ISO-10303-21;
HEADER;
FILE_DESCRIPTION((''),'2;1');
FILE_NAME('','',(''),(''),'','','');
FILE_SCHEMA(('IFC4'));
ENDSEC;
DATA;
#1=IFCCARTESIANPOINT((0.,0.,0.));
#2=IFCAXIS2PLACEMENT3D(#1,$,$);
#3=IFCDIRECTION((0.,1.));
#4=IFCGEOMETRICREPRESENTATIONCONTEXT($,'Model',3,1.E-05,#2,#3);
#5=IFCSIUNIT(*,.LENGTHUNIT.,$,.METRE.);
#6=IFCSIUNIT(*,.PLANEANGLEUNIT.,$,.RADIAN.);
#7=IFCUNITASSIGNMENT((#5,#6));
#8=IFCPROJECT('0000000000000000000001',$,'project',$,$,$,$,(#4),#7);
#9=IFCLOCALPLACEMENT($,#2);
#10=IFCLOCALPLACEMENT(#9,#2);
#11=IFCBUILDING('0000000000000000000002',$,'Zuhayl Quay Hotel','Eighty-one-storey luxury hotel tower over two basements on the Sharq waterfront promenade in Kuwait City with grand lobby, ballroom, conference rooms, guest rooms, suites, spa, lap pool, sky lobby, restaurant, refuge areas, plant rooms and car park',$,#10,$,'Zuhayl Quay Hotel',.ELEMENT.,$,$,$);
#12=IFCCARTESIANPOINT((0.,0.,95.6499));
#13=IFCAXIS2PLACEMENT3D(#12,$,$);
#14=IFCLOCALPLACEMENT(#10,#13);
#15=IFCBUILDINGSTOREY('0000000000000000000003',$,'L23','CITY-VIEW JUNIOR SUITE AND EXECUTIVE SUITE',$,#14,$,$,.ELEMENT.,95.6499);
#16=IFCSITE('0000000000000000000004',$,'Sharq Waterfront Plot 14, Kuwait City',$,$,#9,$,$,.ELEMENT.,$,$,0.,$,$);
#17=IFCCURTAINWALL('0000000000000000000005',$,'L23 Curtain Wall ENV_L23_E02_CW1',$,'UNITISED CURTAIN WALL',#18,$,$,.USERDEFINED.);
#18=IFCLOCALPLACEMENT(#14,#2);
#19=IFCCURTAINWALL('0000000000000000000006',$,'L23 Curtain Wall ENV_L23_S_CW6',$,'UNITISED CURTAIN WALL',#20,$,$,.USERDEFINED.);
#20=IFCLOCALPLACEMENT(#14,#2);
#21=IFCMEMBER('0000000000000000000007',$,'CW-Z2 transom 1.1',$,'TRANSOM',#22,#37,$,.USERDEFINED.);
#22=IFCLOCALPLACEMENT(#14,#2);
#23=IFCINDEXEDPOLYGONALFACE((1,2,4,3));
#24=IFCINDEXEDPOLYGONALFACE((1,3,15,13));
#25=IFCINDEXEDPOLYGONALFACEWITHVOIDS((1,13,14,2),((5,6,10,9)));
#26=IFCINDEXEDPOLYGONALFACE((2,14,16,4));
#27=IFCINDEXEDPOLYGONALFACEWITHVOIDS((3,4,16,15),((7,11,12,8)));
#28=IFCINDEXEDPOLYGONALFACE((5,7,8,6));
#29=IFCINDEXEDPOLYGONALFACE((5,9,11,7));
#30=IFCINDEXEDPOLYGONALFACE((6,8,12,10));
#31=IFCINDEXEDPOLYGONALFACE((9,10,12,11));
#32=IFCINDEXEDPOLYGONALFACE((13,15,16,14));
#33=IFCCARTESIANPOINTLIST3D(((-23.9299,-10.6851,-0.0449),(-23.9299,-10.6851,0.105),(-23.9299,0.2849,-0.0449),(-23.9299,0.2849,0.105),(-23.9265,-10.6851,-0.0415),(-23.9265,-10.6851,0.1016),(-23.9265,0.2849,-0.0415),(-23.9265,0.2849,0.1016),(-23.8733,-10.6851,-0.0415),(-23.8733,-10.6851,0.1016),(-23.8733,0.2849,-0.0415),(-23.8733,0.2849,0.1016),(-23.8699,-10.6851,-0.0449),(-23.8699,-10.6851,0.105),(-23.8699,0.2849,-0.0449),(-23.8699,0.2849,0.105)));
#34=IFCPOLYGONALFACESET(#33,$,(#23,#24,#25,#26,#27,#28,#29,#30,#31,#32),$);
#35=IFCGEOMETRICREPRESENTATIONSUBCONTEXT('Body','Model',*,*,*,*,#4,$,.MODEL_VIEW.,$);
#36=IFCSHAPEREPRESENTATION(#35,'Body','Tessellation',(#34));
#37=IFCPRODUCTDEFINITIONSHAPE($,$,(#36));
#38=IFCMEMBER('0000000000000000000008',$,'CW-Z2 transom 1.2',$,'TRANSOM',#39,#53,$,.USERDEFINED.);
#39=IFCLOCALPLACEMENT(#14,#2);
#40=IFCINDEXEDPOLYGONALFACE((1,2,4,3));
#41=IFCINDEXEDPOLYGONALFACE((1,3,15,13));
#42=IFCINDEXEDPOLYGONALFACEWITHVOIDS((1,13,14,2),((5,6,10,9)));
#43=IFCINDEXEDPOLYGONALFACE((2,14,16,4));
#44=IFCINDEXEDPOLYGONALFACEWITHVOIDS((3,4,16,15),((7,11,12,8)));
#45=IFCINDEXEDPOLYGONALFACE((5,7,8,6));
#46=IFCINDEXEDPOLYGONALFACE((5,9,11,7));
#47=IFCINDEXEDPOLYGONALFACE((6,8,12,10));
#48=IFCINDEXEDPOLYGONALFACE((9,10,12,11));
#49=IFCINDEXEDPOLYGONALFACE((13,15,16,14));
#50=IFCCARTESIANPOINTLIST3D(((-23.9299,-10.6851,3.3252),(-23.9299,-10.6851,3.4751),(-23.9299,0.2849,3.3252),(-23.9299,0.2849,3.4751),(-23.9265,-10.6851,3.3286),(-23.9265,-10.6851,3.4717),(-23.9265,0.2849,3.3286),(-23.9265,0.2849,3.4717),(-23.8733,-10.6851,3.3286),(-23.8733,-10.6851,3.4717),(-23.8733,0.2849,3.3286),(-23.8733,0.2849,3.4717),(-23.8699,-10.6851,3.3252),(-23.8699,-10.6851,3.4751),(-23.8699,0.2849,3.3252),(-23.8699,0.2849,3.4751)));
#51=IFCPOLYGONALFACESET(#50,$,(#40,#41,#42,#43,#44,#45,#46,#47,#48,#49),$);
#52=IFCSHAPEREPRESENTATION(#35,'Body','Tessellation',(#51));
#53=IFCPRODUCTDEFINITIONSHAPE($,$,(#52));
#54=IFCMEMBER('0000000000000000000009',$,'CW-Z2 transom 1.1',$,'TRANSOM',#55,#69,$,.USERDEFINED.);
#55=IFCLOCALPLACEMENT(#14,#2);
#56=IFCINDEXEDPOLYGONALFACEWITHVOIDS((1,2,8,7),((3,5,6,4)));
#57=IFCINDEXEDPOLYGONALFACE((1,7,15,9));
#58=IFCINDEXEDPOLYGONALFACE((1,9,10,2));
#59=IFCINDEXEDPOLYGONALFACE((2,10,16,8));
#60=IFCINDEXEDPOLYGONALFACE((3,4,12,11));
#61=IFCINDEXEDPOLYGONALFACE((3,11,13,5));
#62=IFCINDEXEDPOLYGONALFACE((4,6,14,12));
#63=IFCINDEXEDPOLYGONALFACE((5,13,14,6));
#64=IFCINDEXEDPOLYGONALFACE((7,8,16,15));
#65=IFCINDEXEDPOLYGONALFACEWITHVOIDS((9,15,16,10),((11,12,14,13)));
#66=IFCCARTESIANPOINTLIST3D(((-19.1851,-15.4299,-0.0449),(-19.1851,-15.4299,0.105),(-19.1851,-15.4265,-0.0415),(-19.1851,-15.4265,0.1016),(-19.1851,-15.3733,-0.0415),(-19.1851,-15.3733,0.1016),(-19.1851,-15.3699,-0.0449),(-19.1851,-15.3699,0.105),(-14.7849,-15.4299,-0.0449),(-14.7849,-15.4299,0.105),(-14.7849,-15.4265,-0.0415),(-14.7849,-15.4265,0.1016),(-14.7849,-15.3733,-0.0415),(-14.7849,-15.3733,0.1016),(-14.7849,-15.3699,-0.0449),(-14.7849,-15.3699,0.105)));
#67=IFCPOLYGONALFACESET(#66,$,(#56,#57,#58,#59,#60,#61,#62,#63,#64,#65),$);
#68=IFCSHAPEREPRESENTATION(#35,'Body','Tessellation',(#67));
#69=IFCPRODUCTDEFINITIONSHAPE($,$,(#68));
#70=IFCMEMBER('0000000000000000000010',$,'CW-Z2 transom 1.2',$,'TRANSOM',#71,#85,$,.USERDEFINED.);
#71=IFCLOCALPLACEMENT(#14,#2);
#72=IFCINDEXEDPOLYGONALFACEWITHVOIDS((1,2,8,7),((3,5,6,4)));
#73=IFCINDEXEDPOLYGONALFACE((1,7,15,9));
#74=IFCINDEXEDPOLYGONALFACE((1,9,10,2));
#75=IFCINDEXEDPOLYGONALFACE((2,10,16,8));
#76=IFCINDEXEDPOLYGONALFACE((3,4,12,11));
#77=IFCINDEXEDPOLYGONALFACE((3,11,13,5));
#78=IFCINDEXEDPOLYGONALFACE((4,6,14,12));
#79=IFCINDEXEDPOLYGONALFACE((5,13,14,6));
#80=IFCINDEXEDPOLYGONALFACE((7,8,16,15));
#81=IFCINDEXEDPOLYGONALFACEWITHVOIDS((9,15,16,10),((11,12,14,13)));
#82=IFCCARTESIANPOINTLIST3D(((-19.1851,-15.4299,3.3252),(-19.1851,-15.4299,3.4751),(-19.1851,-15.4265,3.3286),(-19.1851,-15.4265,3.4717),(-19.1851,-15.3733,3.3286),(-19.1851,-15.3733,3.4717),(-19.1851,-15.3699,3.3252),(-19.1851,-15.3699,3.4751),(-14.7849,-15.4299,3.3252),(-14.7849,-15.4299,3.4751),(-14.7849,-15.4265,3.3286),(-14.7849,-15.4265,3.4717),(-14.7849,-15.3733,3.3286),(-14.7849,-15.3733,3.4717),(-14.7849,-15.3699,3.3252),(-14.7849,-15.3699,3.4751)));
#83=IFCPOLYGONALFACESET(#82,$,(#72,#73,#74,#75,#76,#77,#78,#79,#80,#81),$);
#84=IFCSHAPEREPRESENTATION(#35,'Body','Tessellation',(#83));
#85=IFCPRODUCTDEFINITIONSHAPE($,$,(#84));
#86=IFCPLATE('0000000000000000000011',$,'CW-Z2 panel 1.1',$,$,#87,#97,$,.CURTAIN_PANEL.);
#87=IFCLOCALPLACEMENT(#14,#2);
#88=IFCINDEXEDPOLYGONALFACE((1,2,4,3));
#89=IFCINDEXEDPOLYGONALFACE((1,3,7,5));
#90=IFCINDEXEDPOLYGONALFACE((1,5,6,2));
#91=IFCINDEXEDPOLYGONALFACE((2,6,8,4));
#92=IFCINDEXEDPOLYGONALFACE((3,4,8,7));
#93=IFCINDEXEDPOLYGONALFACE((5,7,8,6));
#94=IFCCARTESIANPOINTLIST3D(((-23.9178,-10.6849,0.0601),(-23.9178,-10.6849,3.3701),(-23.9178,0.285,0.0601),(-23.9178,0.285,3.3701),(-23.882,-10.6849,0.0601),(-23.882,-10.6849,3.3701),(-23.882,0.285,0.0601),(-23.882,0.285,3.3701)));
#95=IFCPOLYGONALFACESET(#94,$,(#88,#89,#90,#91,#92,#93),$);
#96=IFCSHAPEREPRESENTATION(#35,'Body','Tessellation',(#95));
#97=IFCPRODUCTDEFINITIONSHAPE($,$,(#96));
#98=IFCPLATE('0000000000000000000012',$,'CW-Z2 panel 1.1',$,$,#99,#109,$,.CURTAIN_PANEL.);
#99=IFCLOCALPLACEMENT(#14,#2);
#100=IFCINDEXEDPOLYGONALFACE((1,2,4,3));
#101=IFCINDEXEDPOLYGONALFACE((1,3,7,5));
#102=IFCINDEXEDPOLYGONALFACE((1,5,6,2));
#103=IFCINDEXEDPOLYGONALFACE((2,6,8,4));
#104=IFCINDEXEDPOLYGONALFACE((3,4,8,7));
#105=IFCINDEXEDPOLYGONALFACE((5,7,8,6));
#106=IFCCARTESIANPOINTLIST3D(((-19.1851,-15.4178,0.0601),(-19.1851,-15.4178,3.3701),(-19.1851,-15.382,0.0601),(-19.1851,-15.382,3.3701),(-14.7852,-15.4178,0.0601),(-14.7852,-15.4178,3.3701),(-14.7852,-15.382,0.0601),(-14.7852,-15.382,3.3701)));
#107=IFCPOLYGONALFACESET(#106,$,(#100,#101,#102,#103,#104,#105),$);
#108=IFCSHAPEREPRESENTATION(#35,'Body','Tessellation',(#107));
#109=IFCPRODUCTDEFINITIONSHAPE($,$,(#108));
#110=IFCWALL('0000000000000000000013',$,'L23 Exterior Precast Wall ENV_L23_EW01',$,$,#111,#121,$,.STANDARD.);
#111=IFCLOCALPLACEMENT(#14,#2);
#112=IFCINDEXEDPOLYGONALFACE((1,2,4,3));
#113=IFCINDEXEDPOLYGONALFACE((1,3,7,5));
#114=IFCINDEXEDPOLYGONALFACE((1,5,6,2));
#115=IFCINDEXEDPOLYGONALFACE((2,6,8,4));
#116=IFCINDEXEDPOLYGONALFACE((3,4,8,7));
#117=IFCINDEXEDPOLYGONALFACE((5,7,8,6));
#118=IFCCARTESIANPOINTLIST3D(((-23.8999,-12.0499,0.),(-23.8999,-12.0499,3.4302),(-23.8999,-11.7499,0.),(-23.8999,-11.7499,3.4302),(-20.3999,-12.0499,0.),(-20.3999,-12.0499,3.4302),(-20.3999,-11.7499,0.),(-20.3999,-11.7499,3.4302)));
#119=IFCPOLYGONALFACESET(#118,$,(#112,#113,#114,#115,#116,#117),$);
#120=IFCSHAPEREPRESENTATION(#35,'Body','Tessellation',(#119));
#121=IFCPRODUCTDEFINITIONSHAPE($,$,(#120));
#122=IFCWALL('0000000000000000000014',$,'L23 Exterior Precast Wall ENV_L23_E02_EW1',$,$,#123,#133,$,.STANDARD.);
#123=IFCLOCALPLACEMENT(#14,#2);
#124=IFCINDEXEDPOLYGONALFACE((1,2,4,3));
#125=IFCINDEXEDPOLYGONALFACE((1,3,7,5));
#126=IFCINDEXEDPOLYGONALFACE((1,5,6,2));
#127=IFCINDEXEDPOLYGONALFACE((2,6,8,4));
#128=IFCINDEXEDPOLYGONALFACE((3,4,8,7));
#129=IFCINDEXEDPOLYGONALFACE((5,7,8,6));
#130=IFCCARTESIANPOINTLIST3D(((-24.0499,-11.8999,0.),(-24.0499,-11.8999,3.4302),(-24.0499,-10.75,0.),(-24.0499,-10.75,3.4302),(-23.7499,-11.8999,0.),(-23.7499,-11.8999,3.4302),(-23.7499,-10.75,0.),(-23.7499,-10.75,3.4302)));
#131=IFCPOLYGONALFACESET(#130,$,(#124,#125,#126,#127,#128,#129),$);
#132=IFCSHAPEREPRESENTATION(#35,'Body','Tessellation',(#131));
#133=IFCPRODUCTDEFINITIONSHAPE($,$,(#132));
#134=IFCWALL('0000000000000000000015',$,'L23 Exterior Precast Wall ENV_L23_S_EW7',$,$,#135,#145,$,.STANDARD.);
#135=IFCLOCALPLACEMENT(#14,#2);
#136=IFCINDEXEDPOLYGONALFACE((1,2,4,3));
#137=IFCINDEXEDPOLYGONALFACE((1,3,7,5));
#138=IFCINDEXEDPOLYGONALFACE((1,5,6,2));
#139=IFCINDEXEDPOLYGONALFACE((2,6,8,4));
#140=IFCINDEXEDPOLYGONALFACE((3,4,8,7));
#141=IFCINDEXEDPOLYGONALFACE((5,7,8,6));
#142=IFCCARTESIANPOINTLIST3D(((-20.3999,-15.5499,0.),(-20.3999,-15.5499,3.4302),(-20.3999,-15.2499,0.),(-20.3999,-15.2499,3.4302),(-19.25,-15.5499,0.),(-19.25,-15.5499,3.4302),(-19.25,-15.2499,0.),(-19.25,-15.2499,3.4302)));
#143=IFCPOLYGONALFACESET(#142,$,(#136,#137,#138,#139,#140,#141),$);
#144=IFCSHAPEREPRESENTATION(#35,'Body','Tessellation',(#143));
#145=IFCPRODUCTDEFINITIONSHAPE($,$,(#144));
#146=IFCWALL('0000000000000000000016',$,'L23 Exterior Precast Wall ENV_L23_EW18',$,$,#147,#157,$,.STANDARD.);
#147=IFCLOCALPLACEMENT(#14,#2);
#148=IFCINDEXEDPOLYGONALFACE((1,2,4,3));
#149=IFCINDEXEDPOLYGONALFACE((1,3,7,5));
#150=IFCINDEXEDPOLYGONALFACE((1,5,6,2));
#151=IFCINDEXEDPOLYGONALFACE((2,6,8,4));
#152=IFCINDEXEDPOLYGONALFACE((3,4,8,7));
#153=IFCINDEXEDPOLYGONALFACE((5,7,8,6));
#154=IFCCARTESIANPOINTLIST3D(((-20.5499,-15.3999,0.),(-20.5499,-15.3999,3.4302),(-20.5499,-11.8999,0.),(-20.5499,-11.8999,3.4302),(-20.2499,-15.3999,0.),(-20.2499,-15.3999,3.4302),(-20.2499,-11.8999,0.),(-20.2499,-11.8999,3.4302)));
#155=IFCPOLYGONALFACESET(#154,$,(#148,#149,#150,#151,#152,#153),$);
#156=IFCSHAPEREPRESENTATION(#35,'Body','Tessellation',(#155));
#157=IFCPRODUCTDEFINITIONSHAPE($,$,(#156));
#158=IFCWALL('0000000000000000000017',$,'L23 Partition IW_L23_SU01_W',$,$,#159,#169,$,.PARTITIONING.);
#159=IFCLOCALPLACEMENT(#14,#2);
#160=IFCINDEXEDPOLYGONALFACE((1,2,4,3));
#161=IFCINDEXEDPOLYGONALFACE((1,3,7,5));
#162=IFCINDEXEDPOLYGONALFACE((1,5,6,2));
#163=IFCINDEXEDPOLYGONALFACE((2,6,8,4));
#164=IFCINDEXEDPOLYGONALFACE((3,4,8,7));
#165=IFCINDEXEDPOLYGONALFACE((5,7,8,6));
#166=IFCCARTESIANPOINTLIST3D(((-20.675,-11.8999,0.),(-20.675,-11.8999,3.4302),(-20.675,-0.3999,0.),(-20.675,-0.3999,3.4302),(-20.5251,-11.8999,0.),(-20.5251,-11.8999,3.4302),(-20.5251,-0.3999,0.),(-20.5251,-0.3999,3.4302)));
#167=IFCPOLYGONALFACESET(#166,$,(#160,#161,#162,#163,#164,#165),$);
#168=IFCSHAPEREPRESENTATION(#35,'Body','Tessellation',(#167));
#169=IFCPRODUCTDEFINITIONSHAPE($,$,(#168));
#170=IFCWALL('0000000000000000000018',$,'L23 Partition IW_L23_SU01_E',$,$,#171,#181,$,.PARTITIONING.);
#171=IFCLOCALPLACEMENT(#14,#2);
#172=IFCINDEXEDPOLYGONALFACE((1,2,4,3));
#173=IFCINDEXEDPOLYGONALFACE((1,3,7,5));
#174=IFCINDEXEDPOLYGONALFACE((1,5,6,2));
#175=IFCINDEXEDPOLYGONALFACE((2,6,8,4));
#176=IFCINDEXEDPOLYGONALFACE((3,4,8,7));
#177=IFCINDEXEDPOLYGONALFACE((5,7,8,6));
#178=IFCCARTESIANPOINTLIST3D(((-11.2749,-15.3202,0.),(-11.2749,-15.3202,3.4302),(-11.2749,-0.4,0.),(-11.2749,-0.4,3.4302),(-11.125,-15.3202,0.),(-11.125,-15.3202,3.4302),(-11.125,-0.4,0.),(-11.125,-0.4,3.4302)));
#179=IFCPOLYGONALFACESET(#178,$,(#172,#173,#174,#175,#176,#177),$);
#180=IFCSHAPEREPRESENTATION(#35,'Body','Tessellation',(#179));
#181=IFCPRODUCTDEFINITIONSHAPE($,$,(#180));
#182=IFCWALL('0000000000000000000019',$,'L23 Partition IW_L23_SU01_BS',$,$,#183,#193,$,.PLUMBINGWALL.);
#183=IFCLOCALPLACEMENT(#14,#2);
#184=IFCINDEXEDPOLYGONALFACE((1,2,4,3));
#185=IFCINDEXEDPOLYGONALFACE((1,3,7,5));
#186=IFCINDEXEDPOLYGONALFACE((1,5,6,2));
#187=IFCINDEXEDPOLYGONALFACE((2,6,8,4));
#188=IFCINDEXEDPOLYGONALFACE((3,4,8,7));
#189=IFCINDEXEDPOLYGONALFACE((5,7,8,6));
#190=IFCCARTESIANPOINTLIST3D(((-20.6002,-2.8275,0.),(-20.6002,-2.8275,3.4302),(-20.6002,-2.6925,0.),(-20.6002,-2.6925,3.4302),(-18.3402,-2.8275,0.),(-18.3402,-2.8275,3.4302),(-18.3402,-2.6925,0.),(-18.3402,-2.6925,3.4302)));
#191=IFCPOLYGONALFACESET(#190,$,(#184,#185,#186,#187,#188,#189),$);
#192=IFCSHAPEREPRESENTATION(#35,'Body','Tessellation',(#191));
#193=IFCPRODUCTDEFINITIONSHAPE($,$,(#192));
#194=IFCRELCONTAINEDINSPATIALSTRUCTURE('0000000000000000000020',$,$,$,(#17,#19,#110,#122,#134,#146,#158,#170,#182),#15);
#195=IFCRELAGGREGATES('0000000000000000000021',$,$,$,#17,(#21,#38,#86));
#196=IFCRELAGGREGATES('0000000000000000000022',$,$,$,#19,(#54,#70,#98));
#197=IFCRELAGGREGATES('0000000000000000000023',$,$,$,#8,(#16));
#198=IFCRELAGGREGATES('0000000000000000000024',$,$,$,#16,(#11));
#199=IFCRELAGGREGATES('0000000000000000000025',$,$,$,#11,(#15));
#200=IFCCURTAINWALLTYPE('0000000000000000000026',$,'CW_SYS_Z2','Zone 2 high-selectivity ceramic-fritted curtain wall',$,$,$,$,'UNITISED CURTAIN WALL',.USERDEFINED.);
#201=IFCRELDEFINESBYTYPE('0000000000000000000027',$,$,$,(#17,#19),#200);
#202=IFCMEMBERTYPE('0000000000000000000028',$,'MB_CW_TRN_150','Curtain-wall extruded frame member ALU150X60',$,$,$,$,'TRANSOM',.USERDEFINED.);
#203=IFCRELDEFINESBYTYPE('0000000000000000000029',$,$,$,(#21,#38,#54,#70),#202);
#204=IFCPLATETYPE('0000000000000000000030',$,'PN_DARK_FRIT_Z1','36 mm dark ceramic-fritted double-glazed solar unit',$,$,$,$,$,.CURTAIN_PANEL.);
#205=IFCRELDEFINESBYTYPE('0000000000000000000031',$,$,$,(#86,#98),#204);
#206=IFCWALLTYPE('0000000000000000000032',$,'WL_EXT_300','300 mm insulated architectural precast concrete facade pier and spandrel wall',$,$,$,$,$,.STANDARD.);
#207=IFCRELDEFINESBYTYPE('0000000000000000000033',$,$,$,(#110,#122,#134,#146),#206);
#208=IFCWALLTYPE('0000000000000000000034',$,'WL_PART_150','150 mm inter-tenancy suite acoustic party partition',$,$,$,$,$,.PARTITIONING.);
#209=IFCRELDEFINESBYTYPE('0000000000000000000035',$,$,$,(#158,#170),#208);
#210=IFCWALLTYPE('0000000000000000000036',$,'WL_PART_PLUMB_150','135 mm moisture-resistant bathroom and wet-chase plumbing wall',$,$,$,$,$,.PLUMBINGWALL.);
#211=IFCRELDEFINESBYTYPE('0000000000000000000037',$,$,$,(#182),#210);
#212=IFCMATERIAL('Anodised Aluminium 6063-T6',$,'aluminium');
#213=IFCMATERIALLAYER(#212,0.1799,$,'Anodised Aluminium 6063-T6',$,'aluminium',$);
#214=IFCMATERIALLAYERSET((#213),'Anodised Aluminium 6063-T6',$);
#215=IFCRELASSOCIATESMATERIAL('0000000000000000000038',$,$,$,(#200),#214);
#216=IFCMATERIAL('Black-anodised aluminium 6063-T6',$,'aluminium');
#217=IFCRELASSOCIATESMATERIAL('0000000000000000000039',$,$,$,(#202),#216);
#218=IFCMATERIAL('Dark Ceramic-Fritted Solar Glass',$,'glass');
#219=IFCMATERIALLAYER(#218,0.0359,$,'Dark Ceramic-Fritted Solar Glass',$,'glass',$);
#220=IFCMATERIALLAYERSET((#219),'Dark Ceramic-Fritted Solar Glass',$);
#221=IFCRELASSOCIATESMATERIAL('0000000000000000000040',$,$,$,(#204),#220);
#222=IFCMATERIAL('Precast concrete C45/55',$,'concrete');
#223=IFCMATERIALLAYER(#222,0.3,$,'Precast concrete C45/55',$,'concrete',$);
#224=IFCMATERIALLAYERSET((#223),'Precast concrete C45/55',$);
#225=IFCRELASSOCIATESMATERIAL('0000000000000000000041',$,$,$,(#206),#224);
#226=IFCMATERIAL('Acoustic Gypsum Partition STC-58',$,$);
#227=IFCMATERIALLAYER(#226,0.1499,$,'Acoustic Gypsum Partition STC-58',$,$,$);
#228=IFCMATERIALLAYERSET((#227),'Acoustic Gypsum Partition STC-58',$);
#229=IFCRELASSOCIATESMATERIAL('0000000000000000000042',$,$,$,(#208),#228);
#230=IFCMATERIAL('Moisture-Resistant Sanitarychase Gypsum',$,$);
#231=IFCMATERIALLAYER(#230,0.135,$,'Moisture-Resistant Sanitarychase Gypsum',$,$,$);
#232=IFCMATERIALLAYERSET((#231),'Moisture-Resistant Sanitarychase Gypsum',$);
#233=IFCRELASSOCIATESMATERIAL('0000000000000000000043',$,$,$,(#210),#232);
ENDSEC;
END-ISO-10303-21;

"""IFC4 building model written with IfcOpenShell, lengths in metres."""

from ifc_helpers import new_model, si_unit, direction, frame, frame_2d, origin, origin_2d, place, context, subcontext, project, spatial, rectangle, hollow_rectangle, extrude, material, layer, layer_set, material_profile, profile_set, type_object, element, aggregate, save


model = new_model("IFC4")

# Units and contexts
model_context = context("Model", 3, precision=1e-05, world=origin(), true_north=direction((0.0, 1.0)))
body_context = subcontext(model_context, "Body", "Model", "MODEL_VIEW")
ifc_project = project(units=[si_unit("LENGTHUNIT", "METRE"), si_unit("PLANEANGLEUNIT", "RADIAN")], contexts=[model_context])

# Site, building, storey
site_placement = place(None, origin())
site = spatial("IfcSite", under=ifc_project, at=site_placement, Name="Sharq Waterfront Plot 14, Kuwait City", CompositionType="ELEMENT", RefElevation=0.0)
building_placement = place(site_placement, origin())
building = spatial("IfcBuilding", under=site, at=building_placement, Name="Zuhayl Quay Hotel", Description="Eighty-one-storey luxury hotel tower over two basements on the Sharq waterfront promenade in Kuwait City with grand lobby, ballroom, conference rooms, guest rooms, suites, spa, lap pool, sky lobby, restaurant, refuge areas, plant rooms and car park", LongName="Zuhayl Quay Hotel", CompositionType="ELEMENT")
storey_placement = place(building_placement, frame((0.0, 0.0, 95.6499)))
storey = spatial("IfcBuildingStorey", under=building, at=storey_placement, Name="L23", Description="CITY-VIEW JUNIOR SUITE AND EXECUTIVE SUITE", CompositionType="ELEMENT", Elevation=95.6499)

# Curtain wall
ifc_material_1 = material(Name="Anodised Aluminium 6063-T6", Category="aluminium")
ifc_layer_1 = layer(ifc_material_1, 0.1799, Name="Anodised Aluminium 6063-T6", Category="aluminium")
ifc_layer_set_1 = layer_set([ifc_layer_1], Name="Anodised Aluminium 6063-T6")
curtain_wall_type = type_object("IfcCurtainWallType", Name="CW_SYS_Z2", Description="Zone 2 high-selectivity ceramic-fritted curtain wall", ElementType="UNITISED CURTAIN WALL", PredefinedType="USERDEFINED", material=ifc_layer_set_1)
curtain_wall_1_placement = place(storey_placement, origin())
curtain_wall_1 = element("IfcCurtainWall", 1, at=curtain_wall_1_placement, inside=storey, type_object=curtain_wall_type, Name="L23 Curtain Wall ENV_L23_E02_CW1", ObjectType="UNITISED CURTAIN WALL", PredefinedType="USERDEFINED")
ifc_material_2 = material(Name="Black-anodised aluminium 6063-T6", Category="aluminium")

# Curtain wall
curtain_wall_2_placement = place(storey_placement, origin())
curtain_wall_2 = element("IfcCurtainWall", 2, at=curtain_wall_2_placement, inside=storey, type_object=curtain_wall_type, Name="L23 Curtain Wall ENV_L23_S_CW6", ObjectType="UNITISED CURTAIN WALL", PredefinedType="USERDEFINED")

# Members
ifc_material_profile_1 = material_profile(ifc_material_2, hollow_rectangle(XDim=0.0601, YDim=0.1499, WallThickness=0.0034, at=origin_2d()), Name="ALU150X60")
ifc_profile_set_1 = profile_set([ifc_material_profile_1], Name="Black-anodised aluminium 6063-T6")
member_type_1 = type_object("IfcMemberType", Name="MB_CW_TRN_150", Description="Curtain-wall extruded frame member ALU150X60", ElementType="TRANSOM", PredefinedType="USERDEFINED", material=ifc_profile_set_1)
member_1_placement = place(storey_placement, frame((-23.8999, -10.6851, 0.03), z_axis=(0.0, 1.0, 0.0), x_axis=(-1.0, 0.0, 0.0)))
member_1 = element("IfcMember", 3, at=member_1_placement, type_object=member_type_1, Name="CW-Z2 transom 1.1", ObjectType="TRANSOM", PredefinedType="USERDEFINED", context=body_context, shape_type="SweptSolid", body=[
    extrude(hollow_rectangle(XDim=0.0601, YDim=0.1499, WallThickness=0.0034, at=origin_2d()), origin(), (0.0, 0.0, 1.0), 10.97),
])
member_2_placement = place(storey_placement, frame((-23.8999, -10.6851, 3.4001), z_axis=(0.0, 1.0, 0.0), x_axis=(-1.0, 0.0, 0.0)))
member_2 = element("IfcMember", 4, at=member_2_placement, type_object=member_type_1, Name="CW-Z2 transom 1.2", ObjectType="TRANSOM", PredefinedType="USERDEFINED", context=body_context, shape_type="SweptSolid", body=[
    extrude(hollow_rectangle(XDim=0.0601, YDim=0.1499, WallThickness=0.0034, at=origin_2d()), origin(), (0.0, 0.0, 1.0), 10.97),
])
member_3_placement = place(storey_placement, frame((-14.7849, -15.3999, 0.03), z_axis=(-1.0, 0.0, 0.0), x_axis=(0.0, -1.0, 0.0)))
member_3 = element("IfcMember", 5, at=member_3_placement, type_object=member_type_1, Name="CW-Z2 transom 1.1", ObjectType="TRANSOM", PredefinedType="USERDEFINED", context=body_context, shape_type="SweptSolid", body=[
    extrude(hollow_rectangle(XDim=0.0601, YDim=0.1499, WallThickness=0.0034, at=origin_2d()), origin(), (0.0, 0.0, 1.0), 4.4001),
])
member_4_placement = place(storey_placement, frame((-14.7849, -15.3999, 3.4001), z_axis=(-1.0, 0.0, 0.0), x_axis=(0.0, -1.0, 0.0)))
member_4 = element("IfcMember", 6, at=member_4_placement, type_object=member_type_1, Name="CW-Z2 transom 1.2", ObjectType="TRANSOM", PredefinedType="USERDEFINED", context=body_context, shape_type="SweptSolid", body=[
    extrude(hollow_rectangle(XDim=0.0601, YDim=0.1499, WallThickness=0.0034, at=origin_2d()), origin(), (0.0, 0.0, 1.0), 4.4001),
])

# Plates
ifc_material_3 = material(Name="Dark Ceramic-Fritted Solar Glass", Category="glass")
ifc_layer_2 = layer(ifc_material_3, 0.0359, Name="Dark Ceramic-Fritted Solar Glass", Category="glass")
ifc_layer_set_2 = layer_set([ifc_layer_2], Name="Dark Ceramic-Fritted Solar Glass")
plate_type = type_object("IfcPlateType", Name="PN_DARK_FRIT_Z1", Description="36 mm dark ceramic-fritted double-glazed solar unit", PredefinedType="CURTAIN_PANEL", material=ifc_layer_set_2)
plate_1_placement = place(storey_placement, frame((-23.8999, -5.2, 0.0601), z_axis=(0.0, 0.0, 1.0), x_axis=(0.0, 1.0, 0.0)))
plate_1 = element("IfcPlate", 7, at=plate_1_placement, type_object=plate_type, Name="CW-Z2 panel 1.1", PredefinedType="CURTAIN_PANEL", context=body_context, shape_type="SweptSolid", body=[
    extrude(rectangle(XDim=10.97, YDim=0.0359, at=origin_2d()), origin(), (0.0, 0.0, 1.0), 3.3101),
])
aggregate(curtain_wall_1, [member_1, member_2, plate_1])
plate_2_placement = place(storey_placement, frame((-16.9851, -15.3999, 0.0601), z_axis=(0.0, 0.0, 1.0), x_axis=(-1.0, 0.0, 0.0)))
plate_2 = element("IfcPlate", 8, at=plate_2_placement, type_object=plate_type, Name="CW-Z2 panel 1.1", PredefinedType="CURTAIN_PANEL", context=body_context, shape_type="SweptSolid", body=[
    extrude(rectangle(XDim=4.3999, YDim=0.0359, at=origin_2d()), origin(), (0.0, 0.0, 1.0), 3.3101),
])
aggregate(curtain_wall_2, [member_3, member_4, plate_2])

# Walls
ifc_material_4 = material(Name="Precast concrete C45/55", Category="concrete")
ifc_layer_3 = layer(ifc_material_4, 0.3, Name="Precast concrete C45/55", Category="concrete")
ifc_layer_set_3 = layer_set([ifc_layer_3], Name="Precast concrete C45/55")
wall_type_1 = type_object("IfcWallType", Name="WL_EXT_300", Description="300 mm insulated architectural precast concrete facade pier and spandrel wall", PredefinedType="STANDARD", material=ifc_layer_set_3)
wall_1_placement = place(storey_placement, frame((-20.3999, -11.8999, 0.0), z_axis=(0.0, 0.0, 1.0), x_axis=(-1.0, 0.0, 0.0)))
element("IfcWall", 9, at=wall_1_placement, inside=storey, type_object=wall_type_1, Name="L23 Exterior Precast Wall ENV_L23_EW01", PredefinedType="STANDARD", context=body_context, shape_type="SweptSolid", body=[
    extrude(rectangle(XDim=3.5, YDim=0.3, at=frame_2d((1.75, 0.0))), origin(), (0.0, 0.0, 1.0), 3.4302),
])
for number, where, z_axis, x_axis, name in (
    (10, (-23.8999, -11.8999, 0.0), (0.0, 0.0, 1.0), (0.0, 1.0, 0.0), "L23 Exterior Precast Wall ENV_L23_E02_EW1"),
    (11, (-19.25, -15.3999, 0.0), (0.0, 0.0, 1.0), (-1.0, 0.0, 0.0), "L23 Exterior Precast Wall ENV_L23_S_EW7"),
):
    element("IfcWall", number, at=place(storey_placement, frame(where, z_axis=z_axis, x_axis=x_axis)), inside=storey, type_object=wall_type_1, Name=name, PredefinedType="STANDARD", context=body_context, shape_type="SweptSolid", body=[
        extrude(rectangle(XDim=1.1499, YDim=0.3, at=frame_2d((0.575, 0.0))), origin(), (0.0, 0.0, 1.0), 3.4302),
    ])
wall_2_placement = place(storey_placement, frame((-20.3999, -15.3999, 0.0), z_axis=(0.0, 0.0, 1.0), x_axis=(0.0, 1.0, 0.0)))
element("IfcWall", 12, at=wall_2_placement, inside=storey, type_object=wall_type_1, Name="L23 Exterior Precast Wall ENV_L23_EW18", PredefinedType="STANDARD", context=body_context, shape_type="SweptSolid", body=[
    extrude(rectangle(XDim=3.5, YDim=0.3, at=frame_2d((1.75, 0.0))), origin(), (0.0, 0.0, 1.0), 3.4302),
])
ifc_material_5 = material(Name="Acoustic Gypsum Partition STC-58")
ifc_layer_4 = layer(ifc_material_5, 0.1499, Name="Acoustic Gypsum Partition STC-58")
ifc_layer_set_4 = layer_set([ifc_layer_4], Name="Acoustic Gypsum Partition STC-58")
wall_type_2 = type_object("IfcWallType", Name="WL_PART_150", Description="150 mm inter-tenancy suite acoustic party partition", PredefinedType="PARTITIONING", material=ifc_layer_set_4)
wall_3_placement = place(storey_placement, frame((-20.6001, -11.8999, 0.0), z_axis=(0.0, 0.0, 1.0), x_axis=(0.0, 1.0, 0.0)))
element("IfcWall", 13, at=wall_3_placement, inside=storey, type_object=wall_type_2, Name="L23 Partition IW_L23_SU01_W", PredefinedType="PARTITIONING", context=body_context, shape_type="SweptSolid", body=[
    extrude(rectangle(XDim=11.5, YDim=0.1499, at=frame_2d((5.75, 0.0))), origin(), (0.0, 0.0, 1.0), 3.4302),
])
wall_4_placement = place(storey_placement, frame((-11.2, -15.3201, 0.0), z_axis=(0.0, 0.0, 1.0), x_axis=(0.0, 1.0, 0.0)))
element("IfcWall", 14, at=wall_4_placement, inside=storey, type_object=wall_type_2, Name="L23 Partition IW_L23_SU01_E", PredefinedType="PARTITIONING", context=body_context, shape_type="SweptSolid", body=[
    extrude(rectangle(XDim=14.9202, YDim=0.1499, at=frame_2d((7.46, 0.0))), origin(), (0.0, 0.0, 1.0), 3.4302),
])
ifc_material_6 = material(Name="Moisture-Resistant Sanitarychase Gypsum")
ifc_layer_5 = layer(ifc_material_6, 0.135, Name="Moisture-Resistant Sanitarychase Gypsum")
ifc_layer_set_5 = layer_set([ifc_layer_5], Name="Moisture-Resistant Sanitarychase Gypsum")
wall_type_3 = type_object("IfcWallType", Name="WL_PART_PLUMB_150", Description="135 mm moisture-resistant bathroom and wet-chase plumbing wall", PredefinedType="PLUMBINGWALL", material=ifc_layer_set_5)
wall_5_placement = place(storey_placement, frame((-20.6001, -2.76, 0.0), z_axis=(0.0, 0.0, 1.0), x_axis=(1.0, 0.0, 0.0)))
element("IfcWall", 15, at=wall_5_placement, inside=storey, type_object=wall_type_3, Name="L23 Partition IW_L23_SU01_BS", PredefinedType="PLUMBINGWALL", context=body_context, shape_type="SweptSolid", body=[
    extrude(rectangle(XDim=2.26, YDim=0.135, at=frame_2d((1.1299, 0.0))), origin(), (0.0, 0.0, 1.0), 3.4302),
])

save(model, "model.ifc")
